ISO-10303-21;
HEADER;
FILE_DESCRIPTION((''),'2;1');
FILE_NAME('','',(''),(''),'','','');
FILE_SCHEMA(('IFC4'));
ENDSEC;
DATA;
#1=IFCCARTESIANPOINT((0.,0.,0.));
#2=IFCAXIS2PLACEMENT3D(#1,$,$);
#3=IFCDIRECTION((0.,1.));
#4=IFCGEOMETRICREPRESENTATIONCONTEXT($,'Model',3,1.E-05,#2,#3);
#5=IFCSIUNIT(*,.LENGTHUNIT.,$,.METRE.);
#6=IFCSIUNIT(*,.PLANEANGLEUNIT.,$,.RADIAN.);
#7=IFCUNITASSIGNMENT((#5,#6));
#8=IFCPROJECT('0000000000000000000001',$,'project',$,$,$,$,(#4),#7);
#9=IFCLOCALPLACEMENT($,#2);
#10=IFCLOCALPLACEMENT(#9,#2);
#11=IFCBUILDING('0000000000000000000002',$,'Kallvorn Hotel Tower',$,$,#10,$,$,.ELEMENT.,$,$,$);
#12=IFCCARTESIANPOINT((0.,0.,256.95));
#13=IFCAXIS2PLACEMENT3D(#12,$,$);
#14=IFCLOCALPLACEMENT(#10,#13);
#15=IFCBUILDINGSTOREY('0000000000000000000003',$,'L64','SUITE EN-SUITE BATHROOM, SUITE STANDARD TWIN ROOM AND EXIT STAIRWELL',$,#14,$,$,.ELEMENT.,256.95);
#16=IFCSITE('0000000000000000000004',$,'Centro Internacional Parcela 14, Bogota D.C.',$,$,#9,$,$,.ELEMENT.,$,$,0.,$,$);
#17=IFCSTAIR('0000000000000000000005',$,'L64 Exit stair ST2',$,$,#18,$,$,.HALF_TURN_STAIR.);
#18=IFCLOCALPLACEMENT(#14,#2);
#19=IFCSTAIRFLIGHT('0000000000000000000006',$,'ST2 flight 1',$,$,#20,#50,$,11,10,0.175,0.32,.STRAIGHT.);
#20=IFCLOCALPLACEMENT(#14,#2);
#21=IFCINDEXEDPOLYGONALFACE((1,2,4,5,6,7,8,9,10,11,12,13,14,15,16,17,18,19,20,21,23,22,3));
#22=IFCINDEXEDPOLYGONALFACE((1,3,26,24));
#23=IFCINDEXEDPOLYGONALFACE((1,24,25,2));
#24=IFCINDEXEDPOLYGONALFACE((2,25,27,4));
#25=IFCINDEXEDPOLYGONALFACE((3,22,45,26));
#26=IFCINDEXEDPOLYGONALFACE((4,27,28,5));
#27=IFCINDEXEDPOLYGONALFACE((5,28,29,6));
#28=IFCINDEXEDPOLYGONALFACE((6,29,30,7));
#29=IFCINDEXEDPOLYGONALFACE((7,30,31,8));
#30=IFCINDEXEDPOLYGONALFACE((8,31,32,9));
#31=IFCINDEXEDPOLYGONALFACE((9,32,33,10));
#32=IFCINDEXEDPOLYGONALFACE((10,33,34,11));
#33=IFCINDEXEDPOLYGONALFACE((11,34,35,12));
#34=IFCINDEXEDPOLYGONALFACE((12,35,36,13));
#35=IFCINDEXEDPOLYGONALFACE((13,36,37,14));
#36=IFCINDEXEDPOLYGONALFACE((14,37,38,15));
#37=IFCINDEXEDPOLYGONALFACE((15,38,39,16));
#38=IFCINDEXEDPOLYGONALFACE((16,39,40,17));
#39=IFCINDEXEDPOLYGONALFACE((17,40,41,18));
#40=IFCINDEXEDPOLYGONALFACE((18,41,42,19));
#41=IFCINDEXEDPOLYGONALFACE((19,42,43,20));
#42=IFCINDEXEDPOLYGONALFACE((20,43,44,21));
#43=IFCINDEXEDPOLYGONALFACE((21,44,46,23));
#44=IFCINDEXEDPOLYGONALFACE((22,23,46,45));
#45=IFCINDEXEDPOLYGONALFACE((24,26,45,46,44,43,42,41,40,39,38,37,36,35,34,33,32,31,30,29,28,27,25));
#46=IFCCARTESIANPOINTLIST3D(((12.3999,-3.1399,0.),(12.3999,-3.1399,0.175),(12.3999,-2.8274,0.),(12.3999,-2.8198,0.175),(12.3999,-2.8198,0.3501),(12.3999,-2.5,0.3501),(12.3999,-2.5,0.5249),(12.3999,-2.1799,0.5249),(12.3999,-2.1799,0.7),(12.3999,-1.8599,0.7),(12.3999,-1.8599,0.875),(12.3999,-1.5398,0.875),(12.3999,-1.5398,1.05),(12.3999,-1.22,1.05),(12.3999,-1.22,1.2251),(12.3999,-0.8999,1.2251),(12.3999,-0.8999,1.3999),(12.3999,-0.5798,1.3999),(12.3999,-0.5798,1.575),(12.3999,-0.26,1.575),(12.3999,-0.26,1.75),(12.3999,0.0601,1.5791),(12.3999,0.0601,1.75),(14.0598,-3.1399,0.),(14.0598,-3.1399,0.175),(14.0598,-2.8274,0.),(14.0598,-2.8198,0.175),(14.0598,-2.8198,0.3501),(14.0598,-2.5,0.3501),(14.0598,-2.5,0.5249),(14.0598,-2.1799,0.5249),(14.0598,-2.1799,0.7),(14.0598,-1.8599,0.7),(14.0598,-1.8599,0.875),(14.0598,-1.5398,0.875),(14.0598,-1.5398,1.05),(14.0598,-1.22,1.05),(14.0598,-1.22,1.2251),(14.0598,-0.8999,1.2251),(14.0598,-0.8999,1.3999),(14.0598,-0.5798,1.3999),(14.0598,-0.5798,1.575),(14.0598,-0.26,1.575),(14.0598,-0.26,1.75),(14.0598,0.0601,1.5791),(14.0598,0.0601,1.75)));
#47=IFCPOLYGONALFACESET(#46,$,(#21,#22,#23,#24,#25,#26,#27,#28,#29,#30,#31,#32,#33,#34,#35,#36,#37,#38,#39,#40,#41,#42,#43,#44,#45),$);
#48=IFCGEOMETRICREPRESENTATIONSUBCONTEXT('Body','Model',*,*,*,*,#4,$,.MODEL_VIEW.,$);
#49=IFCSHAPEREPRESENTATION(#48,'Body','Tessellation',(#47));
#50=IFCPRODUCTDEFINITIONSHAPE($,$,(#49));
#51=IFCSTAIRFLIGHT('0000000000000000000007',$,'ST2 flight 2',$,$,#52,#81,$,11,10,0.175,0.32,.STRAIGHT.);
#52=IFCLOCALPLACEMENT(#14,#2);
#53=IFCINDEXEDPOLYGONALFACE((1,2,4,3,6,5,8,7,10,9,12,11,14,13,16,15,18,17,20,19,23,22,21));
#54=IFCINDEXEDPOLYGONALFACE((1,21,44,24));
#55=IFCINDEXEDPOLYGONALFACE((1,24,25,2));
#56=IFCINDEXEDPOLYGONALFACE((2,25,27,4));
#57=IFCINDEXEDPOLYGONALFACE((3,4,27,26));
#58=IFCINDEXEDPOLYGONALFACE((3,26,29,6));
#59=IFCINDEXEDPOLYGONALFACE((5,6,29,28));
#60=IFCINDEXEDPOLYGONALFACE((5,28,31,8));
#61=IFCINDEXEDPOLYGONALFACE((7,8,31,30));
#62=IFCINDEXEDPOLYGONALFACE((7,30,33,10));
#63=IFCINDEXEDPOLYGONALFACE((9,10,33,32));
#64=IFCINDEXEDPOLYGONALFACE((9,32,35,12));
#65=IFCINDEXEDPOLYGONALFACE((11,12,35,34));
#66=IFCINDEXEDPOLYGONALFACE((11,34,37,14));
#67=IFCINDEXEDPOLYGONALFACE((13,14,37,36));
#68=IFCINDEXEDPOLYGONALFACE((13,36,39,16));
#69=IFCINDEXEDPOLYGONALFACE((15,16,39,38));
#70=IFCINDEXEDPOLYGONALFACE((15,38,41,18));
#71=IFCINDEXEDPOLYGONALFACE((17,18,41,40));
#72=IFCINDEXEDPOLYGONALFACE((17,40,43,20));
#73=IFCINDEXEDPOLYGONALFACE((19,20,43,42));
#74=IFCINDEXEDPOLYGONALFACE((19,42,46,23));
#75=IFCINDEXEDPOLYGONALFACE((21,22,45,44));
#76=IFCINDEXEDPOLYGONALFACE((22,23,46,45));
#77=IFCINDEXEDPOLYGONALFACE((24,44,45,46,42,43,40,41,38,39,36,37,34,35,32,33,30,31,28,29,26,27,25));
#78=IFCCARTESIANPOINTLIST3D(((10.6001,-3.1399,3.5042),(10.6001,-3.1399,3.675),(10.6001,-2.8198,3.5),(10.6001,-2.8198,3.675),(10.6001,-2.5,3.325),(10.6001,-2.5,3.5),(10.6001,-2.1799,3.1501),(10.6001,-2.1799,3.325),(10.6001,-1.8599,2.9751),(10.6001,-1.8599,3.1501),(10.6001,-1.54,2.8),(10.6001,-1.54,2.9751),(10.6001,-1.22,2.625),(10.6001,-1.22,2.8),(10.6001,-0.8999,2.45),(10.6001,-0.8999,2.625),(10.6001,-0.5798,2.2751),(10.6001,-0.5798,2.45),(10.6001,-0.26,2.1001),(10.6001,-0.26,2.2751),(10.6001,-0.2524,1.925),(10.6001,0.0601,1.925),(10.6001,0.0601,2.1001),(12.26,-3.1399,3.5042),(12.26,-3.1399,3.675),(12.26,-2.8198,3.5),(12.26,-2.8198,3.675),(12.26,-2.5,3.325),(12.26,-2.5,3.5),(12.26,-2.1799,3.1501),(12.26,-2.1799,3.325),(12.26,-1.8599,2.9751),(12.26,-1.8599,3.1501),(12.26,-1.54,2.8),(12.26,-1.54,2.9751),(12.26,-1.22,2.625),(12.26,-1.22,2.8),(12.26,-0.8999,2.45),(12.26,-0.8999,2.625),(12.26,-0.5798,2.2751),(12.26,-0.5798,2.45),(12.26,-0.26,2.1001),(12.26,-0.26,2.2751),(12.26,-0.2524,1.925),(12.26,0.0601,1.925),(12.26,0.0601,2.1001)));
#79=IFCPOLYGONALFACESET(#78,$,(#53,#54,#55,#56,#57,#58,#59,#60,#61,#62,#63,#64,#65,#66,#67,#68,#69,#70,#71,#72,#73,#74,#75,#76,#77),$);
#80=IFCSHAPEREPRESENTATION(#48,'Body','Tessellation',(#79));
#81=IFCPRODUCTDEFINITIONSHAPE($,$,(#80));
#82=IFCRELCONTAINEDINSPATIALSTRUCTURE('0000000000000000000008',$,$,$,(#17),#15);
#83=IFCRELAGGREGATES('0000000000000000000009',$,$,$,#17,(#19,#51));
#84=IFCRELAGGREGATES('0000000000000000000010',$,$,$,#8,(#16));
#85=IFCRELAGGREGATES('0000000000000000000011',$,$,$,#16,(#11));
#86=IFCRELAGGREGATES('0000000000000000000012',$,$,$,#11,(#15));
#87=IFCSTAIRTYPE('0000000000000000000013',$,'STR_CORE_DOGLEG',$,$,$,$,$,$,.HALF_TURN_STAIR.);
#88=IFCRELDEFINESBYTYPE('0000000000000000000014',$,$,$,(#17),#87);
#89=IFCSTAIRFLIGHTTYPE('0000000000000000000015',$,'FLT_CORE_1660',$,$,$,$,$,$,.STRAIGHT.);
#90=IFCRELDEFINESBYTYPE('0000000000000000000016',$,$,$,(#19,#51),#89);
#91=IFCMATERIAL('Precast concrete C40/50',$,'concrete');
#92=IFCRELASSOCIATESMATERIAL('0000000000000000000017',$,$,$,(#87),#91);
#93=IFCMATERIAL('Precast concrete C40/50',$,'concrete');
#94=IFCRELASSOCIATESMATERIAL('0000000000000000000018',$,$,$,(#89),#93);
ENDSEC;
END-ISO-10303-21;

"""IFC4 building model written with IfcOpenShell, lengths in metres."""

from ifc_helpers import new_model, si_unit, direction, frame, origin, place, context, subcontext, project, spatial, polyline, outline, extrude, material, type_object, element, aggregate, save


model = new_model("IFC4")

# Units and contexts
model_context = context("Model", 3, precision=1e-05, world=origin(), true_north=direction((0.0, 1.0)))
body_context = subcontext(model_context, "Body", "Model", "MODEL_VIEW")
ifc_project = project(units=[si_unit("LENGTHUNIT", "METRE"), si_unit("PLANEANGLEUNIT", "RADIAN")], contexts=[model_context])

# Site, building, storey
site_placement = place(None, origin())
site = spatial("IfcSite", under=ifc_project, at=site_placement, Name="Centro Internacional Parcela 14, Bogota D.C.", CompositionType="ELEMENT", RefElevation=0.0)
building_placement = place(site_placement, origin())
building = spatial("IfcBuilding", under=site, at=building_placement, Name="Kallvorn Hotel Tower", CompositionType="ELEMENT")
storey_placement = place(building_placement, frame((0.0, 0.0, 256.95)))
storey = spatial("IfcBuildingStorey", under=building, at=storey_placement, Name="L64", Description="SUITE EN-SUITE BATHROOM, SUITE STANDARD TWIN ROOM AND EXIT STAIRWELL", CompositionType="ELEMENT", Elevation=256.95)

# Stair, stair flights
ifc_material_1 = material(Name="Precast concrete C40/50", Category="concrete")
stair_type = type_object("IfcStairType", Name="STR_CORE_DOGLEG", PredefinedType="HALF_TURN_STAIR", material=ifc_material_1)
stair_placement = place(storey_placement, origin())
stair = element("IfcStair", 1, at=stair_placement, inside=storey, type_object=stair_type, Name="L64 Exit stair ST2", PredefinedType="HALF_TURN_STAIR")
ifc_material_2 = material(Name="Precast concrete C40/50", Category="concrete")
stair_flight_type = type_object("IfcStairFlightType", Name="FLT_CORE_1660", PredefinedType="STRAIGHT", material=ifc_material_2)
stair_flight_1_placement = place(storey_placement, frame((13.23, -3.1399, 0.0), z_axis=(0.0, 0.0, 1.0), x_axis=(0.0, 1.0, 0.0)))
stair_flight_1 = element("IfcStairFlight", 2, at=stair_flight_1_placement, type_object=stair_flight_type, Name="ST2 flight 1", NumberOfRisers=11, NumberOfTreads=10, PredefinedType="STRAIGHT", RiserHeight=0.175, TreadLength=0.32, context=body_context, shape_type="SweptSolid", body=[
    extrude(outline(polyline([(0.0, 0.0), (0.0, 0.175), (0.3201, 0.175), (0.3201, 0.3501), (0.6399, 0.3501), (0.6399, 0.5249), (0.96, 0.5249), (0.96, 0.7), (1.28, 0.7), (1.28, 0.875), (1.6001, 0.875), (1.6001, 1.05), (1.9199, 1.05), (1.9199, 1.2251), (2.24, 1.2251), (2.24, 1.3999), (2.5601, 1.3999), (2.5601, 1.575), (2.8799, 1.575), (2.8799, 1.75), (3.2, 1.75), (3.2, 1.925), (3.2, 1.5791), (0.3125, 0.0), (0.0, 0.0)])), frame((0.0, 0.8301, 0.0), z_axis=(0.0, -1.0, 0.0), x_axis=(1.0, 0.0, 0.0)), (0.0, 0.0, 1.0), 1.6599),
])
stair_flight_2_placement = place(storey_placement, frame((11.4299, 0.0601, 1.925), z_axis=(0.0, 0.0, 1.0), x_axis=(0.0, -1.0, 0.0)))
stair_flight_2 = element("IfcStairFlight", 3, at=stair_flight_2_placement, type_object=stair_flight_type, Name="ST2 flight 2", NumberOfRisers=11, NumberOfTreads=10, PredefinedType="STRAIGHT", RiserHeight=0.175, TreadLength=0.32, context=body_context, shape_type="SweptSolid", body=[
    extrude(outline(polyline([(0.0, 0.0), (0.0, 0.175), (0.3201, 0.175), (0.3201, 0.3501), (0.6399, 0.3501), (0.6399, 0.5249), (0.96, 0.5249), (0.96, 0.7), (1.28, 0.7), (1.28, 0.875), (1.6001, 0.875), (1.6001, 1.05), (1.9199, 1.05), (1.9199, 1.2251), (2.24, 1.2251), (2.24, 1.3999), (2.5601, 1.3999), (2.5601, 1.575), (2.8799, 1.575), (2.8799, 1.75), (3.2, 1.75), (3.2, 1.925), (3.2, 1.5791), (0.3125, 0.0), (0.0, 0.0)])), frame((0.0, 0.8301, 0.0), z_axis=(0.0, -1.0, 0.0), x_axis=(1.0, 0.0, 0.0)), (0.0, 0.0, 1.0), 1.6599),
])
aggregate(stair, [stair_flight_1, stair_flight_2])

save(model, "model.ifc")
